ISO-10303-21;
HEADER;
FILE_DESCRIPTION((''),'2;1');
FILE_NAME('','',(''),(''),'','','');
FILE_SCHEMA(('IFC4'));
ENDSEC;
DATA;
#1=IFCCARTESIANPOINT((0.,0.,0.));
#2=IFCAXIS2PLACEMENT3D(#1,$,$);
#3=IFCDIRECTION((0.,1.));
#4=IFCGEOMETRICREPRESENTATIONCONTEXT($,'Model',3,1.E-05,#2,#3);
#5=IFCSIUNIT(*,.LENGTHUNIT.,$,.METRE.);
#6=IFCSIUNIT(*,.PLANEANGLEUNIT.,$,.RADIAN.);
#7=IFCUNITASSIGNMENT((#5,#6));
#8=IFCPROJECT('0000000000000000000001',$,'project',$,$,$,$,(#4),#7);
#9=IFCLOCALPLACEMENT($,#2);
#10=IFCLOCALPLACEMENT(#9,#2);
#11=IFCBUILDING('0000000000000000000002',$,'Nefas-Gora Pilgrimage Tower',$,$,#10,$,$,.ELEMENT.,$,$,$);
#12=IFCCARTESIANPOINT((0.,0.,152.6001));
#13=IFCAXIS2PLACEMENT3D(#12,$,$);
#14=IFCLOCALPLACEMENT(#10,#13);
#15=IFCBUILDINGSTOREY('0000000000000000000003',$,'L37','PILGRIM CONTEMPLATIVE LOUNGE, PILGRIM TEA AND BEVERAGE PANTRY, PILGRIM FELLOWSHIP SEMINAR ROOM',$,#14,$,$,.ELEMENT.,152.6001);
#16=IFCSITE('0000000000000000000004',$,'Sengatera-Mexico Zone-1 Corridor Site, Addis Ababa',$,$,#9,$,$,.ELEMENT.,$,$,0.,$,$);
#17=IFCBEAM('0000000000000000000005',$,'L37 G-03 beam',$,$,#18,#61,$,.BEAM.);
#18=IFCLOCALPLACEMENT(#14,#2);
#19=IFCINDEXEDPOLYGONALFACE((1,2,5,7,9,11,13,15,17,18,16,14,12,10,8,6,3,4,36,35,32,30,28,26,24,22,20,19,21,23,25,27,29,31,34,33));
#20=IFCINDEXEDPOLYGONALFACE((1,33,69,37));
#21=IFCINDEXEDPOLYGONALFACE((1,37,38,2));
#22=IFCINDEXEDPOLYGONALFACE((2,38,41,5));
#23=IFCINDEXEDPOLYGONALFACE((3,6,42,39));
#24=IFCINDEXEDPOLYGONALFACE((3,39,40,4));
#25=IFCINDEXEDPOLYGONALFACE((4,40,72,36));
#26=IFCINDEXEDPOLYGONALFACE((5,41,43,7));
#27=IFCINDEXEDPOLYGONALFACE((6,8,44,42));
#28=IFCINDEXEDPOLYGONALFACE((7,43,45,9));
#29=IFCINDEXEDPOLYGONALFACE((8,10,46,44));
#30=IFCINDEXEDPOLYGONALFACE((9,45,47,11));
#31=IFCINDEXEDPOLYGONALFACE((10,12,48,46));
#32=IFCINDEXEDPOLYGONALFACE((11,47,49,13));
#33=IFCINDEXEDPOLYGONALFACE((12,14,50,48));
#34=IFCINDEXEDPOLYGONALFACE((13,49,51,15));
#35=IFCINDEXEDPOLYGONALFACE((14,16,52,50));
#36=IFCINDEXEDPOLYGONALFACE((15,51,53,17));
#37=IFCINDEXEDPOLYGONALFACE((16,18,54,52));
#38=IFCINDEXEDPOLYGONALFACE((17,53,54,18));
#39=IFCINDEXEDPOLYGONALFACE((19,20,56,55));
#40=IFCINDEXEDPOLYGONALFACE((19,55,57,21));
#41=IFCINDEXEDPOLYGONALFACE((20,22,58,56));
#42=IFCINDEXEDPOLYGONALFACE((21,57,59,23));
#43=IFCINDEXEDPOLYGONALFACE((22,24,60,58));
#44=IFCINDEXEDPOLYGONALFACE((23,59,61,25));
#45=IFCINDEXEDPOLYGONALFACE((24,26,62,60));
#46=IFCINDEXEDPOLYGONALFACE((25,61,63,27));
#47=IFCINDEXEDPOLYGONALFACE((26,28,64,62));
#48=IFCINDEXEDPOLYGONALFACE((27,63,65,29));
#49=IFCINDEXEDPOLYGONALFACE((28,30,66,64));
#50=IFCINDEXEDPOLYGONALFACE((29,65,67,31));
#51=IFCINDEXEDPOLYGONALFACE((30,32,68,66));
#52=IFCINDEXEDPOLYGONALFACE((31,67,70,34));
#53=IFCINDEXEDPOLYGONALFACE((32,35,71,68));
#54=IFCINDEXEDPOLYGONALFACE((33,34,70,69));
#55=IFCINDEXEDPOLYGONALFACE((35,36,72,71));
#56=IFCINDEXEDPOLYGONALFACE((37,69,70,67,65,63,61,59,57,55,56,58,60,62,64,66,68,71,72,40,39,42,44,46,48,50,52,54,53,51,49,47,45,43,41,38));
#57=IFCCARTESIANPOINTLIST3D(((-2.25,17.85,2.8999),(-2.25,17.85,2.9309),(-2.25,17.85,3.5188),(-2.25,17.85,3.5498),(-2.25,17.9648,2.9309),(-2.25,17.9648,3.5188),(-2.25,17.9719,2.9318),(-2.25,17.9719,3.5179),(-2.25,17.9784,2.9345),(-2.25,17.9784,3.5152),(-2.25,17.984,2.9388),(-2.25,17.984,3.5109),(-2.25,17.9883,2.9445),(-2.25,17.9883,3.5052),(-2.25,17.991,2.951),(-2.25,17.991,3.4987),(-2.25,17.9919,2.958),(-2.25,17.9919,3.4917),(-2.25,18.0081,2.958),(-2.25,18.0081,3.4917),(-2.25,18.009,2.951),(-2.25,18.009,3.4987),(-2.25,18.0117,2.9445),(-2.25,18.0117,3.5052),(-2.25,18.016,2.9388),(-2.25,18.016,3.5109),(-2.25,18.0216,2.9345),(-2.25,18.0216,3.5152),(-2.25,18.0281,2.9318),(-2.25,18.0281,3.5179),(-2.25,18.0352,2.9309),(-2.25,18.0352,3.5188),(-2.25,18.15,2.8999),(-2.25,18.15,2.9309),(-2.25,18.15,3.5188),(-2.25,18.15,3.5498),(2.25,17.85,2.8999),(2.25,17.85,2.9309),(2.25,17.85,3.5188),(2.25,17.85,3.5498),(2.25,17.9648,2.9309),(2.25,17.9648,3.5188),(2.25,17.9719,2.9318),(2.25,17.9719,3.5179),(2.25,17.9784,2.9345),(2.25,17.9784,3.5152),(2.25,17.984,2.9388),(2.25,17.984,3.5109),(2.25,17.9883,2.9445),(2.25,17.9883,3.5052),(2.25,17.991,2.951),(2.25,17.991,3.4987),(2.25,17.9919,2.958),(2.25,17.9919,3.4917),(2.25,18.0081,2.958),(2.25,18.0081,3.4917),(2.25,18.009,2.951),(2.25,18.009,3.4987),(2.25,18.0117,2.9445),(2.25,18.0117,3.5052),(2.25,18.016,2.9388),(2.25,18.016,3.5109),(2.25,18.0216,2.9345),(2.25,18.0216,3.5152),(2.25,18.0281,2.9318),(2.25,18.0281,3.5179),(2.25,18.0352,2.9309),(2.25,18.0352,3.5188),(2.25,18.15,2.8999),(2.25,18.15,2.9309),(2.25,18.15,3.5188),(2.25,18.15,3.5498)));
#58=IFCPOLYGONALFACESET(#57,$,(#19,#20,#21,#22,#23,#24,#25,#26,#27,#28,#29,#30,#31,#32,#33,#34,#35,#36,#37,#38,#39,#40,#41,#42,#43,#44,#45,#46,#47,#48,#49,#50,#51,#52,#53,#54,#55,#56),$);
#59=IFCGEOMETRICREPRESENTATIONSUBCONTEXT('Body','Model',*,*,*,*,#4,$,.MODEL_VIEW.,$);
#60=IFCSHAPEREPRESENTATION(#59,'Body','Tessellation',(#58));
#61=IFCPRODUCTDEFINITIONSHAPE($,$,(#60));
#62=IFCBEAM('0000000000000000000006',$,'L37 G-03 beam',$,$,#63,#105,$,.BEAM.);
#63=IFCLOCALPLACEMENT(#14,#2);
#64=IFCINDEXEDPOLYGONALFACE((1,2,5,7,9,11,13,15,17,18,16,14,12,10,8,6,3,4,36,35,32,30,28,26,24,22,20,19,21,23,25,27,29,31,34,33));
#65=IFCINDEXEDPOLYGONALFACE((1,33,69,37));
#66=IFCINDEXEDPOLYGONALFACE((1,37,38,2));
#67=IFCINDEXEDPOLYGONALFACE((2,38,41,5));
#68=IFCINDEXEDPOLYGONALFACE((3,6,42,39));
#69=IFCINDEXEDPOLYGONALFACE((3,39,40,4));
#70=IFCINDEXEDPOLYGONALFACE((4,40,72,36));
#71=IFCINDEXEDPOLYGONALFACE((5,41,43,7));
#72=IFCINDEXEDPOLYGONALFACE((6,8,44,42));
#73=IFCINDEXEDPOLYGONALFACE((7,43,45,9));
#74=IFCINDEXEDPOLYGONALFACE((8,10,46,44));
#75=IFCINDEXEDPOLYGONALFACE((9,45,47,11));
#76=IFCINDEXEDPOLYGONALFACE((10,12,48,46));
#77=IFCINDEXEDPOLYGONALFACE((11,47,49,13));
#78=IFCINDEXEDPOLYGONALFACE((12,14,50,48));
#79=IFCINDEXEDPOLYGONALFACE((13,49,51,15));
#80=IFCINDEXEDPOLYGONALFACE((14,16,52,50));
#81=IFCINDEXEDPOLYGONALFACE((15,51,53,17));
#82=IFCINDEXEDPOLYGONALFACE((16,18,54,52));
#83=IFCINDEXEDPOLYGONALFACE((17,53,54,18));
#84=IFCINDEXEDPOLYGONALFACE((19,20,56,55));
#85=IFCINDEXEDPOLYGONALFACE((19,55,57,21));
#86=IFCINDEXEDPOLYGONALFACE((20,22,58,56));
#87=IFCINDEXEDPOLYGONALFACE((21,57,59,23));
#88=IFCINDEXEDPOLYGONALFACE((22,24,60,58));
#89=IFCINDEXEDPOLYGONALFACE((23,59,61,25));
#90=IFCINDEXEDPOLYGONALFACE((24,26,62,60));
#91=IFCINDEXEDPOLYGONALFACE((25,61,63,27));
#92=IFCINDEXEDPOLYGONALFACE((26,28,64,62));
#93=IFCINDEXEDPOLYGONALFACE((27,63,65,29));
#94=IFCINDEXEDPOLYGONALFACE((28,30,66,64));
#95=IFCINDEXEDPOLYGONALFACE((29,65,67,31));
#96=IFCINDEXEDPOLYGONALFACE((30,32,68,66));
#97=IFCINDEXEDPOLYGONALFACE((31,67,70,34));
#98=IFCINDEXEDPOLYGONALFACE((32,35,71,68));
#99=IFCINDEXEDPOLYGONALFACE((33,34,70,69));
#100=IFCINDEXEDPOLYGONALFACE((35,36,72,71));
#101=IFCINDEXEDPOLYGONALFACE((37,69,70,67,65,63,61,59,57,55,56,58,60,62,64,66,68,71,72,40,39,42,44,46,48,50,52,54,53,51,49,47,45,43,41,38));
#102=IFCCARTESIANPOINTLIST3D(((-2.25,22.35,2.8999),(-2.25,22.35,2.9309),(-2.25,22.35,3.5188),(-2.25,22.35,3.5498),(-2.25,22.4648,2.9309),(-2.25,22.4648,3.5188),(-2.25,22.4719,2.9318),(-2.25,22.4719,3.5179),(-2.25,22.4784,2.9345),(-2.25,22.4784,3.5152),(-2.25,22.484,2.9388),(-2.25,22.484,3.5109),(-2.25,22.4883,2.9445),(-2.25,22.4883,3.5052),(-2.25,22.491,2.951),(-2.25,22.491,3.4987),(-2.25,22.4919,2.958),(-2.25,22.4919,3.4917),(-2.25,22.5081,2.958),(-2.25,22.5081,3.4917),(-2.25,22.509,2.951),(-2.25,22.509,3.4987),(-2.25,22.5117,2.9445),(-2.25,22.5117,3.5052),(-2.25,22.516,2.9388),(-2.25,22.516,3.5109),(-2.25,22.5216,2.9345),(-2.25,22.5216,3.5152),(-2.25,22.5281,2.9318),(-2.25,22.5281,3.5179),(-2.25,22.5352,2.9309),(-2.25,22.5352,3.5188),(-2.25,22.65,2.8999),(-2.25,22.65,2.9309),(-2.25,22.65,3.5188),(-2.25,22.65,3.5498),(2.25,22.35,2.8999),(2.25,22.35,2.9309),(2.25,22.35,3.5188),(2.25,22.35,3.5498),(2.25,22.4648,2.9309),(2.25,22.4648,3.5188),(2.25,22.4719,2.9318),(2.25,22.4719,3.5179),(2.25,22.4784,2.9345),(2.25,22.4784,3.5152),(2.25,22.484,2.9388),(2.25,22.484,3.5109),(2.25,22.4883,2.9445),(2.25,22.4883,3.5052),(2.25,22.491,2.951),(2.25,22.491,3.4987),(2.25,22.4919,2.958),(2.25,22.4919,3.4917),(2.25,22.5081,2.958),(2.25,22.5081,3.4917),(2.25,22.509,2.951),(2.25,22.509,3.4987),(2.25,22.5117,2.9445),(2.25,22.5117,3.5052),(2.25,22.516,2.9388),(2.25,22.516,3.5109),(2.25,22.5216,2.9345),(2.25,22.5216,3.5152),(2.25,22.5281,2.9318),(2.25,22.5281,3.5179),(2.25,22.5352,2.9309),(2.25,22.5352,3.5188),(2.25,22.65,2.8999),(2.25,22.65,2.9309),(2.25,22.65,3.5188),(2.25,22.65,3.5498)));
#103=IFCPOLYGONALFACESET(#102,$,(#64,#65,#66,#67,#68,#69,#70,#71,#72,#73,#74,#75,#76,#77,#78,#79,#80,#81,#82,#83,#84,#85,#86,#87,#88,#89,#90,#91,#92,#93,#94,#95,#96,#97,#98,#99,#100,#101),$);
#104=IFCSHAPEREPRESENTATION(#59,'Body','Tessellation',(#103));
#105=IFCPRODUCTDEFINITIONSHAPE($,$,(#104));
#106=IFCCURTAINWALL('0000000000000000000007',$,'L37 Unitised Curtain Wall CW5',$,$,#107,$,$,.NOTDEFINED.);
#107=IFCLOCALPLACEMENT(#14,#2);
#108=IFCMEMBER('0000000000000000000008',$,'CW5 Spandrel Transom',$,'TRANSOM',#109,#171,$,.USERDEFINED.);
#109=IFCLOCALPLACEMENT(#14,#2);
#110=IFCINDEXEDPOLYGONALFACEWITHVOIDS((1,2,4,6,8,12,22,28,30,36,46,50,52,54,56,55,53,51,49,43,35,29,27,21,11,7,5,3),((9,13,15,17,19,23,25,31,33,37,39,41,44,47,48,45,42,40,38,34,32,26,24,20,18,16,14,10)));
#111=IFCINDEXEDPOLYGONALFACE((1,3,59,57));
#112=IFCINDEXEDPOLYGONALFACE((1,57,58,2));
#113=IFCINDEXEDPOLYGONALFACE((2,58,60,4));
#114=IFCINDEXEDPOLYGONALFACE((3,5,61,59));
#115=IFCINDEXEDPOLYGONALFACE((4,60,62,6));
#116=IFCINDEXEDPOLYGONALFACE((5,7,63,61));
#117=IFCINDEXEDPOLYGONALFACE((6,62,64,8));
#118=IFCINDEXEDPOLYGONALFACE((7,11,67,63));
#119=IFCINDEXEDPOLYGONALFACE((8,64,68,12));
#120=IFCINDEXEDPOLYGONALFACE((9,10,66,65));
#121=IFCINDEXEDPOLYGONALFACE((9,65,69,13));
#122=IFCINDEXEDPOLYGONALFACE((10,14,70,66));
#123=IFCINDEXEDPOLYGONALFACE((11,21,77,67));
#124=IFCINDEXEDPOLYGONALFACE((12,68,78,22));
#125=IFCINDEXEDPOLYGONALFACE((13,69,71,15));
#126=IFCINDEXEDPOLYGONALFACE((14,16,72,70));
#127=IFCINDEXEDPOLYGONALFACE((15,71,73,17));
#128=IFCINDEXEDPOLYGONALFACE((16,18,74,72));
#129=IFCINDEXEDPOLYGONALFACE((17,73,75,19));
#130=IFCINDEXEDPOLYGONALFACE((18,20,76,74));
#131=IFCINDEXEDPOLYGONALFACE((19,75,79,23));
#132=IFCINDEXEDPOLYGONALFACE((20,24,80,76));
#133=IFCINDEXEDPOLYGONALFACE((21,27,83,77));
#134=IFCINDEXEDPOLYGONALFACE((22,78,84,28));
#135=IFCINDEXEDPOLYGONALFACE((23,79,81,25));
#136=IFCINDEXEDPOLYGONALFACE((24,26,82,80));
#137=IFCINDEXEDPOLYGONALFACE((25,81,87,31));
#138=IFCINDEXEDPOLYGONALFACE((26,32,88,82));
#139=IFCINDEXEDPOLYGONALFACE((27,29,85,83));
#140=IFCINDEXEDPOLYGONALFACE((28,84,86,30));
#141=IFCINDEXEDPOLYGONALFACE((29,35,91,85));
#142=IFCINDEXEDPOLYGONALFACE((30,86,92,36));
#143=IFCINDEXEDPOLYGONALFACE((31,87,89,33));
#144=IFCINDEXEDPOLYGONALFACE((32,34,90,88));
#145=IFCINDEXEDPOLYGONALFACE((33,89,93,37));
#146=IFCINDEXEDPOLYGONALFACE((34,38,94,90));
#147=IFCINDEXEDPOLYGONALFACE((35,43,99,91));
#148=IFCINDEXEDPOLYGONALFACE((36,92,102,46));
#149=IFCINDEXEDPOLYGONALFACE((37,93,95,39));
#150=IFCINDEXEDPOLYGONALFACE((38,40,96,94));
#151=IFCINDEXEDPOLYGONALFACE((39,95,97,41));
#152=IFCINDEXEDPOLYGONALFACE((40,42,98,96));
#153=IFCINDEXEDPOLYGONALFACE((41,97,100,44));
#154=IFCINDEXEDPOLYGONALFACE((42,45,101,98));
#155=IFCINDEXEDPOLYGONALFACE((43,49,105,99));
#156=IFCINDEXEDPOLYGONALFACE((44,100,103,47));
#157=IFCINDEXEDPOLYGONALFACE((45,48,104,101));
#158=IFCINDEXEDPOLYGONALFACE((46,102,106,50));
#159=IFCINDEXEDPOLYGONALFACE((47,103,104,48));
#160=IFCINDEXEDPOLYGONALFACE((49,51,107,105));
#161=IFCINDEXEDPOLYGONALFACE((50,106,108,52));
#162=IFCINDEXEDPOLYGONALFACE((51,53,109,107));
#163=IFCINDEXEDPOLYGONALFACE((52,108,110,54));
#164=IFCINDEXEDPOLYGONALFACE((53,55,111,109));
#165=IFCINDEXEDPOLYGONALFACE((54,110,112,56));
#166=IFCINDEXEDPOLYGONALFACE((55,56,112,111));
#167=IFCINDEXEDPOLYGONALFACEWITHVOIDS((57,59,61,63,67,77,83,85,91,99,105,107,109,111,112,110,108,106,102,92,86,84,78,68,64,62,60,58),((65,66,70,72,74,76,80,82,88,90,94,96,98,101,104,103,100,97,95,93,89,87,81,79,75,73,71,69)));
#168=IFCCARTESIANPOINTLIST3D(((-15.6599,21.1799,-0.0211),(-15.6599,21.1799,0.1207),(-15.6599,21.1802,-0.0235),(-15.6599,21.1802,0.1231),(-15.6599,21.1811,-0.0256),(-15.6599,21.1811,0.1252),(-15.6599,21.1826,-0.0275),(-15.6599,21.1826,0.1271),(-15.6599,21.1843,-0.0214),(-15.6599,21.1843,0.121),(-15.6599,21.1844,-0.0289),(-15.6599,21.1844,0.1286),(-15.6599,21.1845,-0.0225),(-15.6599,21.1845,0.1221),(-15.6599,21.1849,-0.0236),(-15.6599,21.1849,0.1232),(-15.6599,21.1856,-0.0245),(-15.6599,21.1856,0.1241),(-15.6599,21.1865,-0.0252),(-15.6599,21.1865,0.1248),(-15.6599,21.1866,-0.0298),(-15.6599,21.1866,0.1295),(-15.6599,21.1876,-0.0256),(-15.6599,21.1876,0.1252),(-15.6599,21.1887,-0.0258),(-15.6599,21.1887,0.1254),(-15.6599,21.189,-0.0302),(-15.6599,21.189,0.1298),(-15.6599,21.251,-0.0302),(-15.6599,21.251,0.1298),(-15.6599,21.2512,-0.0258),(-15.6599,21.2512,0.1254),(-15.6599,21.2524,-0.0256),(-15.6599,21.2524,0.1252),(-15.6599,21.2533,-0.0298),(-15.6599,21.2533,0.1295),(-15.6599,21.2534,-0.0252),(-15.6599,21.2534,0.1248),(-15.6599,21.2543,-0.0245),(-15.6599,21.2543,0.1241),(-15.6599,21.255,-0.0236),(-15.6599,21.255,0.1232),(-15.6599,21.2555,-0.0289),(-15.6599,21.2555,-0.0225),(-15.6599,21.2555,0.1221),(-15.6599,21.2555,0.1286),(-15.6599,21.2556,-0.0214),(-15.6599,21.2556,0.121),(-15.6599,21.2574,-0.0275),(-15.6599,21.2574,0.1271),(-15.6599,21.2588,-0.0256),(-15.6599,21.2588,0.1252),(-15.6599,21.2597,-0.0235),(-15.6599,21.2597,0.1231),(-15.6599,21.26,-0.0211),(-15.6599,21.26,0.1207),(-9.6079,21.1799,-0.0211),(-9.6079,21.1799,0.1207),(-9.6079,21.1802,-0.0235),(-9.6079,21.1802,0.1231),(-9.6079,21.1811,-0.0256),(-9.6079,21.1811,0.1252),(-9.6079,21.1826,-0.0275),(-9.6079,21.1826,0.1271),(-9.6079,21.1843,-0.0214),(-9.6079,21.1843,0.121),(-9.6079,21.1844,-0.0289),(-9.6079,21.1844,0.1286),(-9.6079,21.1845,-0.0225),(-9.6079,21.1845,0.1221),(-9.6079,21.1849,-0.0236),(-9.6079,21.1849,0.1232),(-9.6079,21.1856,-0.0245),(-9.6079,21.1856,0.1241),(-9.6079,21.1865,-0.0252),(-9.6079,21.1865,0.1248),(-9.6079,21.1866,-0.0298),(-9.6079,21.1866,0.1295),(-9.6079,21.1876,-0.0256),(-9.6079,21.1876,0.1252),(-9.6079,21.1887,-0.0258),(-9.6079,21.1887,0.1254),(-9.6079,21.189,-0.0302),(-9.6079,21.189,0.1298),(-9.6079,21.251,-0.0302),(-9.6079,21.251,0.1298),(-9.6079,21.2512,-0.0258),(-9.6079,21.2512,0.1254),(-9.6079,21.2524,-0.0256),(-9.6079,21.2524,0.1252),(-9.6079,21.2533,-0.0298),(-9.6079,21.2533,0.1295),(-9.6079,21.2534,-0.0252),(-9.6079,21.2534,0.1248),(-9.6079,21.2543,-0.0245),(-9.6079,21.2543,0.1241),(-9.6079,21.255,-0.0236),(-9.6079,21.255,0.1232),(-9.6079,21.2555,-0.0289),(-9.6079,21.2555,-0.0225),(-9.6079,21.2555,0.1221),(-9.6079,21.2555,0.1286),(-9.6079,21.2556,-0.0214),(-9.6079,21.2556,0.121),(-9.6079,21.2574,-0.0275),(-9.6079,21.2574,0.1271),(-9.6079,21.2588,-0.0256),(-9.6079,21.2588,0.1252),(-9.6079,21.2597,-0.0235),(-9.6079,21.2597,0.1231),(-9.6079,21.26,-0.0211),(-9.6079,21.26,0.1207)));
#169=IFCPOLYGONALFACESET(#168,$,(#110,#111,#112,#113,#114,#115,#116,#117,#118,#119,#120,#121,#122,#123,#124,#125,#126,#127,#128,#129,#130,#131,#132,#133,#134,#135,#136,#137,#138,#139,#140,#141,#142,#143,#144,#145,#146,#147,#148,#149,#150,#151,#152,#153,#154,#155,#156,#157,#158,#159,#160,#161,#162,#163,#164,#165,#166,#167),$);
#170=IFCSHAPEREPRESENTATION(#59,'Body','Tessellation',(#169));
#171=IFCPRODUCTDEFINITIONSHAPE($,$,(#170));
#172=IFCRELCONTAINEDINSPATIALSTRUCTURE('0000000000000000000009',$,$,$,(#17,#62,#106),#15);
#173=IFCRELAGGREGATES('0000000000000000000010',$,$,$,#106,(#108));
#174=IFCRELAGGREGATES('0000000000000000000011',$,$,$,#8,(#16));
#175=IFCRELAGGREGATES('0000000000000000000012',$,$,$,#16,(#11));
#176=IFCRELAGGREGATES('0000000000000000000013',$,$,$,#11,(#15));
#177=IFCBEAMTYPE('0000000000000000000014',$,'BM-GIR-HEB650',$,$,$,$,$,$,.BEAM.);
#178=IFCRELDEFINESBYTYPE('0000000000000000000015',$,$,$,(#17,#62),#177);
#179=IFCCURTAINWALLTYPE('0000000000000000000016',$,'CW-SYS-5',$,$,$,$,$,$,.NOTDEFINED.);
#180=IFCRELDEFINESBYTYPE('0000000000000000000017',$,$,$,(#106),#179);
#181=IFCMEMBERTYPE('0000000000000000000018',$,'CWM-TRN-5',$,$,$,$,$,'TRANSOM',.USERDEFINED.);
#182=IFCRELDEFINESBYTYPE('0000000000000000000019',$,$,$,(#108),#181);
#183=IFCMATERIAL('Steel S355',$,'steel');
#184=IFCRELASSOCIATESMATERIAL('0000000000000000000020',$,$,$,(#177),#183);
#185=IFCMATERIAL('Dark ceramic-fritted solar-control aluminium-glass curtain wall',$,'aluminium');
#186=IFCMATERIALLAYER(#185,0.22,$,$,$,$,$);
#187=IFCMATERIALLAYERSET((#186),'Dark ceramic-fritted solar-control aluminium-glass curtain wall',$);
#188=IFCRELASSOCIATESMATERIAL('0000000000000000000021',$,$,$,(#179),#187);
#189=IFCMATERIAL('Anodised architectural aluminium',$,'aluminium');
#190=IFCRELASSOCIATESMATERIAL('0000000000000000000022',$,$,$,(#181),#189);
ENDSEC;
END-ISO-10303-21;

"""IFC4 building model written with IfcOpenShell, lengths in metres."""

from ifc_helpers import new_model, si_unit, direction, frame, origin, origin_2d, place, context, subcontext, project, spatial, hollow_rectangle, i_section, extrude, source, transform, mapped, material, layer, layer_set, material_profile, profile_set, type_object, element, aggregate, save


model = new_model("IFC4")

# Units and contexts
model_context = context("Model", 3, precision=1e-05, world=origin(), true_north=direction((0.0, 1.0)))
body_context = subcontext(model_context, "Body", "Model", "MODEL_VIEW")
ifc_project = project(units=[si_unit("LENGTHUNIT", "METRE"), si_unit("PLANEANGLEUNIT", "RADIAN")], contexts=[model_context])

# Site, building, storey
site_placement = place(None, origin())
site = spatial("IfcSite", under=ifc_project, at=site_placement, Name="Sengatera-Mexico Zone-1 Corridor Site, Addis Ababa", CompositionType="ELEMENT", RefElevation=0.0)
building_placement = place(site_placement, origin())
building = spatial("IfcBuilding", under=site, at=building_placement, Name="Nefas-Gora Pilgrimage Tower", CompositionType="ELEMENT")
storey_placement = place(building_placement, frame((0.0, 0.0, 152.6001)))
storey = spatial("IfcBuildingStorey", under=building, at=storey_placement, Name="L37", Description="PILGRIM CONTEMPLATIVE LOUNGE, PILGRIM TEA AND BEVERAGE PANTRY, PILGRIM FELLOWSHIP SEMINAR ROOM", CompositionType="ELEMENT", Elevation=152.6001)

# Beams
ifc_material_1 = material(Name="Steel S355", Category="steel")
ifc_material_profile_1 = material_profile(ifc_material_1, i_section(OverallWidth=0.3, OverallDepth=0.6499, WebThickness=0.0161, FlangeThickness=0.031, FilletRadius=0.0271, at=origin_2d()), Name="HEB 650")
ifc_profile_set_1 = profile_set([ifc_material_profile_1], Name="Steel S355")
beam_type = type_object("IfcBeamType", Name="BM-GIR-HEB650", PredefinedType="BEAM", material=ifc_profile_set_1)
shared_shape_1 = source(origin(), body_context, "Body", "SweptSolid", [
    extrude(i_section(OverallWidth=0.3, OverallDepth=0.6499, WebThickness=0.0161, FlangeThickness=0.031, FilletRadius=0.0271, at=origin_2d()), origin(), (0.0, 0.0, 1.0), 4.5),
])
for number, where, z_axis, x_axis, name in (
    (1, (-2.25, 18.0, 3.2249), (1.0, 0.0, 0.0), (0.0, 1.0, 0.0), "L37 G-03 beam"),
    (2, (-2.25, 22.5, 3.2249), (1.0, 0.0, 0.0), (0.0, 1.0, 0.0), "L37 G-03 beam"),
):
    element("IfcBeam", number, at=place(storey_placement, frame(where, z_axis=z_axis, x_axis=x_axis)), inside=storey, type_object=beam_type, Name=name, PredefinedType="BEAM", context=body_context, shape_type="MappedRepresentation", body=[
        mapped(shared_shape_1, transform((0.0, 0.0, 0.0), x_axis=(1.0, 0.0, 0.0), y_axis=(0.0, 1.0, 0.0), z_axis=(0.0, 0.0, 1.0), scale=1.0)),
    ])

# Curtain wall, member
ifc_material_2 = material(Name="Dark ceramic-fritted solar-control aluminium-glass curtain wall", Category="aluminium")
ifc_layer_1 = layer(ifc_material_2, 0.22)
ifc_layer_set_1 = layer_set([ifc_layer_1], Name="Dark ceramic-fritted solar-control aluminium-glass curtain wall")
curtain_wall_type = type_object("IfcCurtainWallType", Name="CW-SYS-5", PredefinedType="NOTDEFINED", material=ifc_layer_set_1)
curtain_wall_1_placement = place(storey_placement, origin())
curtain_wall_1 = element("IfcCurtainWall", 3, at=curtain_wall_1_placement, inside=storey, type_object=curtain_wall_type, Name="L37 Unitised Curtain Wall CW5", PredefinedType="NOTDEFINED")
ifc_material_3 = material(Name="Anodised architectural aluminium", Category="aluminium")
ifc_material_profile_2 = material_profile(ifc_material_3, hollow_rectangle(XDim=0.0801, YDim=0.1599, WallThickness=0.0044, InnerFilletRadius=0.0044, OuterFilletRadius=0.009, at=origin_2d()), Name="ALU TRANSOM 80x160")
ifc_profile_set_2 = profile_set([ifc_material_profile_2], Name="Anodised architectural aluminium")
member_type_1 = type_object("IfcMemberType", Name="CWM-TRN-5", ElementType="TRANSOM", PredefinedType="USERDEFINED", material=ifc_profile_set_2)
shared_shape_2 = source(origin(), body_context, "Body", "SweptSolid", [
    extrude(hollow_rectangle(XDim=0.0801, YDim=0.1599, WallThickness=0.0044, InnerFilletRadius=0.0044, OuterFilletRadius=0.009, at=origin_2d()), origin(), (0.0, 0.0, 1.0), 6.052),
])
member_1_placement = place(storey_placement, frame((-9.6079, 21.22, 0.0498), z_axis=(-1.0, 0.0, 0.0), x_axis=(0.0, -1.0, 0.0)))
member_1 = element("IfcMember", 4, at=member_1_placement, type_object=member_type_1, Name="CW5 Spandrel Transom", ObjectType="TRANSOM", PredefinedType="USERDEFINED", context=body_context, shape_type="MappedRepresentation", body=[
    mapped(shared_shape_2, transform((0.0, 0.0, 0.0), x_axis=(1.0, 0.0, 0.0), y_axis=(0.0, 1.0, 0.0), z_axis=(0.0, 0.0, 1.0), scale=1.0)),
])

aggregate(curtain_wall_1, [member_1])

save(model, "model.ifc")
